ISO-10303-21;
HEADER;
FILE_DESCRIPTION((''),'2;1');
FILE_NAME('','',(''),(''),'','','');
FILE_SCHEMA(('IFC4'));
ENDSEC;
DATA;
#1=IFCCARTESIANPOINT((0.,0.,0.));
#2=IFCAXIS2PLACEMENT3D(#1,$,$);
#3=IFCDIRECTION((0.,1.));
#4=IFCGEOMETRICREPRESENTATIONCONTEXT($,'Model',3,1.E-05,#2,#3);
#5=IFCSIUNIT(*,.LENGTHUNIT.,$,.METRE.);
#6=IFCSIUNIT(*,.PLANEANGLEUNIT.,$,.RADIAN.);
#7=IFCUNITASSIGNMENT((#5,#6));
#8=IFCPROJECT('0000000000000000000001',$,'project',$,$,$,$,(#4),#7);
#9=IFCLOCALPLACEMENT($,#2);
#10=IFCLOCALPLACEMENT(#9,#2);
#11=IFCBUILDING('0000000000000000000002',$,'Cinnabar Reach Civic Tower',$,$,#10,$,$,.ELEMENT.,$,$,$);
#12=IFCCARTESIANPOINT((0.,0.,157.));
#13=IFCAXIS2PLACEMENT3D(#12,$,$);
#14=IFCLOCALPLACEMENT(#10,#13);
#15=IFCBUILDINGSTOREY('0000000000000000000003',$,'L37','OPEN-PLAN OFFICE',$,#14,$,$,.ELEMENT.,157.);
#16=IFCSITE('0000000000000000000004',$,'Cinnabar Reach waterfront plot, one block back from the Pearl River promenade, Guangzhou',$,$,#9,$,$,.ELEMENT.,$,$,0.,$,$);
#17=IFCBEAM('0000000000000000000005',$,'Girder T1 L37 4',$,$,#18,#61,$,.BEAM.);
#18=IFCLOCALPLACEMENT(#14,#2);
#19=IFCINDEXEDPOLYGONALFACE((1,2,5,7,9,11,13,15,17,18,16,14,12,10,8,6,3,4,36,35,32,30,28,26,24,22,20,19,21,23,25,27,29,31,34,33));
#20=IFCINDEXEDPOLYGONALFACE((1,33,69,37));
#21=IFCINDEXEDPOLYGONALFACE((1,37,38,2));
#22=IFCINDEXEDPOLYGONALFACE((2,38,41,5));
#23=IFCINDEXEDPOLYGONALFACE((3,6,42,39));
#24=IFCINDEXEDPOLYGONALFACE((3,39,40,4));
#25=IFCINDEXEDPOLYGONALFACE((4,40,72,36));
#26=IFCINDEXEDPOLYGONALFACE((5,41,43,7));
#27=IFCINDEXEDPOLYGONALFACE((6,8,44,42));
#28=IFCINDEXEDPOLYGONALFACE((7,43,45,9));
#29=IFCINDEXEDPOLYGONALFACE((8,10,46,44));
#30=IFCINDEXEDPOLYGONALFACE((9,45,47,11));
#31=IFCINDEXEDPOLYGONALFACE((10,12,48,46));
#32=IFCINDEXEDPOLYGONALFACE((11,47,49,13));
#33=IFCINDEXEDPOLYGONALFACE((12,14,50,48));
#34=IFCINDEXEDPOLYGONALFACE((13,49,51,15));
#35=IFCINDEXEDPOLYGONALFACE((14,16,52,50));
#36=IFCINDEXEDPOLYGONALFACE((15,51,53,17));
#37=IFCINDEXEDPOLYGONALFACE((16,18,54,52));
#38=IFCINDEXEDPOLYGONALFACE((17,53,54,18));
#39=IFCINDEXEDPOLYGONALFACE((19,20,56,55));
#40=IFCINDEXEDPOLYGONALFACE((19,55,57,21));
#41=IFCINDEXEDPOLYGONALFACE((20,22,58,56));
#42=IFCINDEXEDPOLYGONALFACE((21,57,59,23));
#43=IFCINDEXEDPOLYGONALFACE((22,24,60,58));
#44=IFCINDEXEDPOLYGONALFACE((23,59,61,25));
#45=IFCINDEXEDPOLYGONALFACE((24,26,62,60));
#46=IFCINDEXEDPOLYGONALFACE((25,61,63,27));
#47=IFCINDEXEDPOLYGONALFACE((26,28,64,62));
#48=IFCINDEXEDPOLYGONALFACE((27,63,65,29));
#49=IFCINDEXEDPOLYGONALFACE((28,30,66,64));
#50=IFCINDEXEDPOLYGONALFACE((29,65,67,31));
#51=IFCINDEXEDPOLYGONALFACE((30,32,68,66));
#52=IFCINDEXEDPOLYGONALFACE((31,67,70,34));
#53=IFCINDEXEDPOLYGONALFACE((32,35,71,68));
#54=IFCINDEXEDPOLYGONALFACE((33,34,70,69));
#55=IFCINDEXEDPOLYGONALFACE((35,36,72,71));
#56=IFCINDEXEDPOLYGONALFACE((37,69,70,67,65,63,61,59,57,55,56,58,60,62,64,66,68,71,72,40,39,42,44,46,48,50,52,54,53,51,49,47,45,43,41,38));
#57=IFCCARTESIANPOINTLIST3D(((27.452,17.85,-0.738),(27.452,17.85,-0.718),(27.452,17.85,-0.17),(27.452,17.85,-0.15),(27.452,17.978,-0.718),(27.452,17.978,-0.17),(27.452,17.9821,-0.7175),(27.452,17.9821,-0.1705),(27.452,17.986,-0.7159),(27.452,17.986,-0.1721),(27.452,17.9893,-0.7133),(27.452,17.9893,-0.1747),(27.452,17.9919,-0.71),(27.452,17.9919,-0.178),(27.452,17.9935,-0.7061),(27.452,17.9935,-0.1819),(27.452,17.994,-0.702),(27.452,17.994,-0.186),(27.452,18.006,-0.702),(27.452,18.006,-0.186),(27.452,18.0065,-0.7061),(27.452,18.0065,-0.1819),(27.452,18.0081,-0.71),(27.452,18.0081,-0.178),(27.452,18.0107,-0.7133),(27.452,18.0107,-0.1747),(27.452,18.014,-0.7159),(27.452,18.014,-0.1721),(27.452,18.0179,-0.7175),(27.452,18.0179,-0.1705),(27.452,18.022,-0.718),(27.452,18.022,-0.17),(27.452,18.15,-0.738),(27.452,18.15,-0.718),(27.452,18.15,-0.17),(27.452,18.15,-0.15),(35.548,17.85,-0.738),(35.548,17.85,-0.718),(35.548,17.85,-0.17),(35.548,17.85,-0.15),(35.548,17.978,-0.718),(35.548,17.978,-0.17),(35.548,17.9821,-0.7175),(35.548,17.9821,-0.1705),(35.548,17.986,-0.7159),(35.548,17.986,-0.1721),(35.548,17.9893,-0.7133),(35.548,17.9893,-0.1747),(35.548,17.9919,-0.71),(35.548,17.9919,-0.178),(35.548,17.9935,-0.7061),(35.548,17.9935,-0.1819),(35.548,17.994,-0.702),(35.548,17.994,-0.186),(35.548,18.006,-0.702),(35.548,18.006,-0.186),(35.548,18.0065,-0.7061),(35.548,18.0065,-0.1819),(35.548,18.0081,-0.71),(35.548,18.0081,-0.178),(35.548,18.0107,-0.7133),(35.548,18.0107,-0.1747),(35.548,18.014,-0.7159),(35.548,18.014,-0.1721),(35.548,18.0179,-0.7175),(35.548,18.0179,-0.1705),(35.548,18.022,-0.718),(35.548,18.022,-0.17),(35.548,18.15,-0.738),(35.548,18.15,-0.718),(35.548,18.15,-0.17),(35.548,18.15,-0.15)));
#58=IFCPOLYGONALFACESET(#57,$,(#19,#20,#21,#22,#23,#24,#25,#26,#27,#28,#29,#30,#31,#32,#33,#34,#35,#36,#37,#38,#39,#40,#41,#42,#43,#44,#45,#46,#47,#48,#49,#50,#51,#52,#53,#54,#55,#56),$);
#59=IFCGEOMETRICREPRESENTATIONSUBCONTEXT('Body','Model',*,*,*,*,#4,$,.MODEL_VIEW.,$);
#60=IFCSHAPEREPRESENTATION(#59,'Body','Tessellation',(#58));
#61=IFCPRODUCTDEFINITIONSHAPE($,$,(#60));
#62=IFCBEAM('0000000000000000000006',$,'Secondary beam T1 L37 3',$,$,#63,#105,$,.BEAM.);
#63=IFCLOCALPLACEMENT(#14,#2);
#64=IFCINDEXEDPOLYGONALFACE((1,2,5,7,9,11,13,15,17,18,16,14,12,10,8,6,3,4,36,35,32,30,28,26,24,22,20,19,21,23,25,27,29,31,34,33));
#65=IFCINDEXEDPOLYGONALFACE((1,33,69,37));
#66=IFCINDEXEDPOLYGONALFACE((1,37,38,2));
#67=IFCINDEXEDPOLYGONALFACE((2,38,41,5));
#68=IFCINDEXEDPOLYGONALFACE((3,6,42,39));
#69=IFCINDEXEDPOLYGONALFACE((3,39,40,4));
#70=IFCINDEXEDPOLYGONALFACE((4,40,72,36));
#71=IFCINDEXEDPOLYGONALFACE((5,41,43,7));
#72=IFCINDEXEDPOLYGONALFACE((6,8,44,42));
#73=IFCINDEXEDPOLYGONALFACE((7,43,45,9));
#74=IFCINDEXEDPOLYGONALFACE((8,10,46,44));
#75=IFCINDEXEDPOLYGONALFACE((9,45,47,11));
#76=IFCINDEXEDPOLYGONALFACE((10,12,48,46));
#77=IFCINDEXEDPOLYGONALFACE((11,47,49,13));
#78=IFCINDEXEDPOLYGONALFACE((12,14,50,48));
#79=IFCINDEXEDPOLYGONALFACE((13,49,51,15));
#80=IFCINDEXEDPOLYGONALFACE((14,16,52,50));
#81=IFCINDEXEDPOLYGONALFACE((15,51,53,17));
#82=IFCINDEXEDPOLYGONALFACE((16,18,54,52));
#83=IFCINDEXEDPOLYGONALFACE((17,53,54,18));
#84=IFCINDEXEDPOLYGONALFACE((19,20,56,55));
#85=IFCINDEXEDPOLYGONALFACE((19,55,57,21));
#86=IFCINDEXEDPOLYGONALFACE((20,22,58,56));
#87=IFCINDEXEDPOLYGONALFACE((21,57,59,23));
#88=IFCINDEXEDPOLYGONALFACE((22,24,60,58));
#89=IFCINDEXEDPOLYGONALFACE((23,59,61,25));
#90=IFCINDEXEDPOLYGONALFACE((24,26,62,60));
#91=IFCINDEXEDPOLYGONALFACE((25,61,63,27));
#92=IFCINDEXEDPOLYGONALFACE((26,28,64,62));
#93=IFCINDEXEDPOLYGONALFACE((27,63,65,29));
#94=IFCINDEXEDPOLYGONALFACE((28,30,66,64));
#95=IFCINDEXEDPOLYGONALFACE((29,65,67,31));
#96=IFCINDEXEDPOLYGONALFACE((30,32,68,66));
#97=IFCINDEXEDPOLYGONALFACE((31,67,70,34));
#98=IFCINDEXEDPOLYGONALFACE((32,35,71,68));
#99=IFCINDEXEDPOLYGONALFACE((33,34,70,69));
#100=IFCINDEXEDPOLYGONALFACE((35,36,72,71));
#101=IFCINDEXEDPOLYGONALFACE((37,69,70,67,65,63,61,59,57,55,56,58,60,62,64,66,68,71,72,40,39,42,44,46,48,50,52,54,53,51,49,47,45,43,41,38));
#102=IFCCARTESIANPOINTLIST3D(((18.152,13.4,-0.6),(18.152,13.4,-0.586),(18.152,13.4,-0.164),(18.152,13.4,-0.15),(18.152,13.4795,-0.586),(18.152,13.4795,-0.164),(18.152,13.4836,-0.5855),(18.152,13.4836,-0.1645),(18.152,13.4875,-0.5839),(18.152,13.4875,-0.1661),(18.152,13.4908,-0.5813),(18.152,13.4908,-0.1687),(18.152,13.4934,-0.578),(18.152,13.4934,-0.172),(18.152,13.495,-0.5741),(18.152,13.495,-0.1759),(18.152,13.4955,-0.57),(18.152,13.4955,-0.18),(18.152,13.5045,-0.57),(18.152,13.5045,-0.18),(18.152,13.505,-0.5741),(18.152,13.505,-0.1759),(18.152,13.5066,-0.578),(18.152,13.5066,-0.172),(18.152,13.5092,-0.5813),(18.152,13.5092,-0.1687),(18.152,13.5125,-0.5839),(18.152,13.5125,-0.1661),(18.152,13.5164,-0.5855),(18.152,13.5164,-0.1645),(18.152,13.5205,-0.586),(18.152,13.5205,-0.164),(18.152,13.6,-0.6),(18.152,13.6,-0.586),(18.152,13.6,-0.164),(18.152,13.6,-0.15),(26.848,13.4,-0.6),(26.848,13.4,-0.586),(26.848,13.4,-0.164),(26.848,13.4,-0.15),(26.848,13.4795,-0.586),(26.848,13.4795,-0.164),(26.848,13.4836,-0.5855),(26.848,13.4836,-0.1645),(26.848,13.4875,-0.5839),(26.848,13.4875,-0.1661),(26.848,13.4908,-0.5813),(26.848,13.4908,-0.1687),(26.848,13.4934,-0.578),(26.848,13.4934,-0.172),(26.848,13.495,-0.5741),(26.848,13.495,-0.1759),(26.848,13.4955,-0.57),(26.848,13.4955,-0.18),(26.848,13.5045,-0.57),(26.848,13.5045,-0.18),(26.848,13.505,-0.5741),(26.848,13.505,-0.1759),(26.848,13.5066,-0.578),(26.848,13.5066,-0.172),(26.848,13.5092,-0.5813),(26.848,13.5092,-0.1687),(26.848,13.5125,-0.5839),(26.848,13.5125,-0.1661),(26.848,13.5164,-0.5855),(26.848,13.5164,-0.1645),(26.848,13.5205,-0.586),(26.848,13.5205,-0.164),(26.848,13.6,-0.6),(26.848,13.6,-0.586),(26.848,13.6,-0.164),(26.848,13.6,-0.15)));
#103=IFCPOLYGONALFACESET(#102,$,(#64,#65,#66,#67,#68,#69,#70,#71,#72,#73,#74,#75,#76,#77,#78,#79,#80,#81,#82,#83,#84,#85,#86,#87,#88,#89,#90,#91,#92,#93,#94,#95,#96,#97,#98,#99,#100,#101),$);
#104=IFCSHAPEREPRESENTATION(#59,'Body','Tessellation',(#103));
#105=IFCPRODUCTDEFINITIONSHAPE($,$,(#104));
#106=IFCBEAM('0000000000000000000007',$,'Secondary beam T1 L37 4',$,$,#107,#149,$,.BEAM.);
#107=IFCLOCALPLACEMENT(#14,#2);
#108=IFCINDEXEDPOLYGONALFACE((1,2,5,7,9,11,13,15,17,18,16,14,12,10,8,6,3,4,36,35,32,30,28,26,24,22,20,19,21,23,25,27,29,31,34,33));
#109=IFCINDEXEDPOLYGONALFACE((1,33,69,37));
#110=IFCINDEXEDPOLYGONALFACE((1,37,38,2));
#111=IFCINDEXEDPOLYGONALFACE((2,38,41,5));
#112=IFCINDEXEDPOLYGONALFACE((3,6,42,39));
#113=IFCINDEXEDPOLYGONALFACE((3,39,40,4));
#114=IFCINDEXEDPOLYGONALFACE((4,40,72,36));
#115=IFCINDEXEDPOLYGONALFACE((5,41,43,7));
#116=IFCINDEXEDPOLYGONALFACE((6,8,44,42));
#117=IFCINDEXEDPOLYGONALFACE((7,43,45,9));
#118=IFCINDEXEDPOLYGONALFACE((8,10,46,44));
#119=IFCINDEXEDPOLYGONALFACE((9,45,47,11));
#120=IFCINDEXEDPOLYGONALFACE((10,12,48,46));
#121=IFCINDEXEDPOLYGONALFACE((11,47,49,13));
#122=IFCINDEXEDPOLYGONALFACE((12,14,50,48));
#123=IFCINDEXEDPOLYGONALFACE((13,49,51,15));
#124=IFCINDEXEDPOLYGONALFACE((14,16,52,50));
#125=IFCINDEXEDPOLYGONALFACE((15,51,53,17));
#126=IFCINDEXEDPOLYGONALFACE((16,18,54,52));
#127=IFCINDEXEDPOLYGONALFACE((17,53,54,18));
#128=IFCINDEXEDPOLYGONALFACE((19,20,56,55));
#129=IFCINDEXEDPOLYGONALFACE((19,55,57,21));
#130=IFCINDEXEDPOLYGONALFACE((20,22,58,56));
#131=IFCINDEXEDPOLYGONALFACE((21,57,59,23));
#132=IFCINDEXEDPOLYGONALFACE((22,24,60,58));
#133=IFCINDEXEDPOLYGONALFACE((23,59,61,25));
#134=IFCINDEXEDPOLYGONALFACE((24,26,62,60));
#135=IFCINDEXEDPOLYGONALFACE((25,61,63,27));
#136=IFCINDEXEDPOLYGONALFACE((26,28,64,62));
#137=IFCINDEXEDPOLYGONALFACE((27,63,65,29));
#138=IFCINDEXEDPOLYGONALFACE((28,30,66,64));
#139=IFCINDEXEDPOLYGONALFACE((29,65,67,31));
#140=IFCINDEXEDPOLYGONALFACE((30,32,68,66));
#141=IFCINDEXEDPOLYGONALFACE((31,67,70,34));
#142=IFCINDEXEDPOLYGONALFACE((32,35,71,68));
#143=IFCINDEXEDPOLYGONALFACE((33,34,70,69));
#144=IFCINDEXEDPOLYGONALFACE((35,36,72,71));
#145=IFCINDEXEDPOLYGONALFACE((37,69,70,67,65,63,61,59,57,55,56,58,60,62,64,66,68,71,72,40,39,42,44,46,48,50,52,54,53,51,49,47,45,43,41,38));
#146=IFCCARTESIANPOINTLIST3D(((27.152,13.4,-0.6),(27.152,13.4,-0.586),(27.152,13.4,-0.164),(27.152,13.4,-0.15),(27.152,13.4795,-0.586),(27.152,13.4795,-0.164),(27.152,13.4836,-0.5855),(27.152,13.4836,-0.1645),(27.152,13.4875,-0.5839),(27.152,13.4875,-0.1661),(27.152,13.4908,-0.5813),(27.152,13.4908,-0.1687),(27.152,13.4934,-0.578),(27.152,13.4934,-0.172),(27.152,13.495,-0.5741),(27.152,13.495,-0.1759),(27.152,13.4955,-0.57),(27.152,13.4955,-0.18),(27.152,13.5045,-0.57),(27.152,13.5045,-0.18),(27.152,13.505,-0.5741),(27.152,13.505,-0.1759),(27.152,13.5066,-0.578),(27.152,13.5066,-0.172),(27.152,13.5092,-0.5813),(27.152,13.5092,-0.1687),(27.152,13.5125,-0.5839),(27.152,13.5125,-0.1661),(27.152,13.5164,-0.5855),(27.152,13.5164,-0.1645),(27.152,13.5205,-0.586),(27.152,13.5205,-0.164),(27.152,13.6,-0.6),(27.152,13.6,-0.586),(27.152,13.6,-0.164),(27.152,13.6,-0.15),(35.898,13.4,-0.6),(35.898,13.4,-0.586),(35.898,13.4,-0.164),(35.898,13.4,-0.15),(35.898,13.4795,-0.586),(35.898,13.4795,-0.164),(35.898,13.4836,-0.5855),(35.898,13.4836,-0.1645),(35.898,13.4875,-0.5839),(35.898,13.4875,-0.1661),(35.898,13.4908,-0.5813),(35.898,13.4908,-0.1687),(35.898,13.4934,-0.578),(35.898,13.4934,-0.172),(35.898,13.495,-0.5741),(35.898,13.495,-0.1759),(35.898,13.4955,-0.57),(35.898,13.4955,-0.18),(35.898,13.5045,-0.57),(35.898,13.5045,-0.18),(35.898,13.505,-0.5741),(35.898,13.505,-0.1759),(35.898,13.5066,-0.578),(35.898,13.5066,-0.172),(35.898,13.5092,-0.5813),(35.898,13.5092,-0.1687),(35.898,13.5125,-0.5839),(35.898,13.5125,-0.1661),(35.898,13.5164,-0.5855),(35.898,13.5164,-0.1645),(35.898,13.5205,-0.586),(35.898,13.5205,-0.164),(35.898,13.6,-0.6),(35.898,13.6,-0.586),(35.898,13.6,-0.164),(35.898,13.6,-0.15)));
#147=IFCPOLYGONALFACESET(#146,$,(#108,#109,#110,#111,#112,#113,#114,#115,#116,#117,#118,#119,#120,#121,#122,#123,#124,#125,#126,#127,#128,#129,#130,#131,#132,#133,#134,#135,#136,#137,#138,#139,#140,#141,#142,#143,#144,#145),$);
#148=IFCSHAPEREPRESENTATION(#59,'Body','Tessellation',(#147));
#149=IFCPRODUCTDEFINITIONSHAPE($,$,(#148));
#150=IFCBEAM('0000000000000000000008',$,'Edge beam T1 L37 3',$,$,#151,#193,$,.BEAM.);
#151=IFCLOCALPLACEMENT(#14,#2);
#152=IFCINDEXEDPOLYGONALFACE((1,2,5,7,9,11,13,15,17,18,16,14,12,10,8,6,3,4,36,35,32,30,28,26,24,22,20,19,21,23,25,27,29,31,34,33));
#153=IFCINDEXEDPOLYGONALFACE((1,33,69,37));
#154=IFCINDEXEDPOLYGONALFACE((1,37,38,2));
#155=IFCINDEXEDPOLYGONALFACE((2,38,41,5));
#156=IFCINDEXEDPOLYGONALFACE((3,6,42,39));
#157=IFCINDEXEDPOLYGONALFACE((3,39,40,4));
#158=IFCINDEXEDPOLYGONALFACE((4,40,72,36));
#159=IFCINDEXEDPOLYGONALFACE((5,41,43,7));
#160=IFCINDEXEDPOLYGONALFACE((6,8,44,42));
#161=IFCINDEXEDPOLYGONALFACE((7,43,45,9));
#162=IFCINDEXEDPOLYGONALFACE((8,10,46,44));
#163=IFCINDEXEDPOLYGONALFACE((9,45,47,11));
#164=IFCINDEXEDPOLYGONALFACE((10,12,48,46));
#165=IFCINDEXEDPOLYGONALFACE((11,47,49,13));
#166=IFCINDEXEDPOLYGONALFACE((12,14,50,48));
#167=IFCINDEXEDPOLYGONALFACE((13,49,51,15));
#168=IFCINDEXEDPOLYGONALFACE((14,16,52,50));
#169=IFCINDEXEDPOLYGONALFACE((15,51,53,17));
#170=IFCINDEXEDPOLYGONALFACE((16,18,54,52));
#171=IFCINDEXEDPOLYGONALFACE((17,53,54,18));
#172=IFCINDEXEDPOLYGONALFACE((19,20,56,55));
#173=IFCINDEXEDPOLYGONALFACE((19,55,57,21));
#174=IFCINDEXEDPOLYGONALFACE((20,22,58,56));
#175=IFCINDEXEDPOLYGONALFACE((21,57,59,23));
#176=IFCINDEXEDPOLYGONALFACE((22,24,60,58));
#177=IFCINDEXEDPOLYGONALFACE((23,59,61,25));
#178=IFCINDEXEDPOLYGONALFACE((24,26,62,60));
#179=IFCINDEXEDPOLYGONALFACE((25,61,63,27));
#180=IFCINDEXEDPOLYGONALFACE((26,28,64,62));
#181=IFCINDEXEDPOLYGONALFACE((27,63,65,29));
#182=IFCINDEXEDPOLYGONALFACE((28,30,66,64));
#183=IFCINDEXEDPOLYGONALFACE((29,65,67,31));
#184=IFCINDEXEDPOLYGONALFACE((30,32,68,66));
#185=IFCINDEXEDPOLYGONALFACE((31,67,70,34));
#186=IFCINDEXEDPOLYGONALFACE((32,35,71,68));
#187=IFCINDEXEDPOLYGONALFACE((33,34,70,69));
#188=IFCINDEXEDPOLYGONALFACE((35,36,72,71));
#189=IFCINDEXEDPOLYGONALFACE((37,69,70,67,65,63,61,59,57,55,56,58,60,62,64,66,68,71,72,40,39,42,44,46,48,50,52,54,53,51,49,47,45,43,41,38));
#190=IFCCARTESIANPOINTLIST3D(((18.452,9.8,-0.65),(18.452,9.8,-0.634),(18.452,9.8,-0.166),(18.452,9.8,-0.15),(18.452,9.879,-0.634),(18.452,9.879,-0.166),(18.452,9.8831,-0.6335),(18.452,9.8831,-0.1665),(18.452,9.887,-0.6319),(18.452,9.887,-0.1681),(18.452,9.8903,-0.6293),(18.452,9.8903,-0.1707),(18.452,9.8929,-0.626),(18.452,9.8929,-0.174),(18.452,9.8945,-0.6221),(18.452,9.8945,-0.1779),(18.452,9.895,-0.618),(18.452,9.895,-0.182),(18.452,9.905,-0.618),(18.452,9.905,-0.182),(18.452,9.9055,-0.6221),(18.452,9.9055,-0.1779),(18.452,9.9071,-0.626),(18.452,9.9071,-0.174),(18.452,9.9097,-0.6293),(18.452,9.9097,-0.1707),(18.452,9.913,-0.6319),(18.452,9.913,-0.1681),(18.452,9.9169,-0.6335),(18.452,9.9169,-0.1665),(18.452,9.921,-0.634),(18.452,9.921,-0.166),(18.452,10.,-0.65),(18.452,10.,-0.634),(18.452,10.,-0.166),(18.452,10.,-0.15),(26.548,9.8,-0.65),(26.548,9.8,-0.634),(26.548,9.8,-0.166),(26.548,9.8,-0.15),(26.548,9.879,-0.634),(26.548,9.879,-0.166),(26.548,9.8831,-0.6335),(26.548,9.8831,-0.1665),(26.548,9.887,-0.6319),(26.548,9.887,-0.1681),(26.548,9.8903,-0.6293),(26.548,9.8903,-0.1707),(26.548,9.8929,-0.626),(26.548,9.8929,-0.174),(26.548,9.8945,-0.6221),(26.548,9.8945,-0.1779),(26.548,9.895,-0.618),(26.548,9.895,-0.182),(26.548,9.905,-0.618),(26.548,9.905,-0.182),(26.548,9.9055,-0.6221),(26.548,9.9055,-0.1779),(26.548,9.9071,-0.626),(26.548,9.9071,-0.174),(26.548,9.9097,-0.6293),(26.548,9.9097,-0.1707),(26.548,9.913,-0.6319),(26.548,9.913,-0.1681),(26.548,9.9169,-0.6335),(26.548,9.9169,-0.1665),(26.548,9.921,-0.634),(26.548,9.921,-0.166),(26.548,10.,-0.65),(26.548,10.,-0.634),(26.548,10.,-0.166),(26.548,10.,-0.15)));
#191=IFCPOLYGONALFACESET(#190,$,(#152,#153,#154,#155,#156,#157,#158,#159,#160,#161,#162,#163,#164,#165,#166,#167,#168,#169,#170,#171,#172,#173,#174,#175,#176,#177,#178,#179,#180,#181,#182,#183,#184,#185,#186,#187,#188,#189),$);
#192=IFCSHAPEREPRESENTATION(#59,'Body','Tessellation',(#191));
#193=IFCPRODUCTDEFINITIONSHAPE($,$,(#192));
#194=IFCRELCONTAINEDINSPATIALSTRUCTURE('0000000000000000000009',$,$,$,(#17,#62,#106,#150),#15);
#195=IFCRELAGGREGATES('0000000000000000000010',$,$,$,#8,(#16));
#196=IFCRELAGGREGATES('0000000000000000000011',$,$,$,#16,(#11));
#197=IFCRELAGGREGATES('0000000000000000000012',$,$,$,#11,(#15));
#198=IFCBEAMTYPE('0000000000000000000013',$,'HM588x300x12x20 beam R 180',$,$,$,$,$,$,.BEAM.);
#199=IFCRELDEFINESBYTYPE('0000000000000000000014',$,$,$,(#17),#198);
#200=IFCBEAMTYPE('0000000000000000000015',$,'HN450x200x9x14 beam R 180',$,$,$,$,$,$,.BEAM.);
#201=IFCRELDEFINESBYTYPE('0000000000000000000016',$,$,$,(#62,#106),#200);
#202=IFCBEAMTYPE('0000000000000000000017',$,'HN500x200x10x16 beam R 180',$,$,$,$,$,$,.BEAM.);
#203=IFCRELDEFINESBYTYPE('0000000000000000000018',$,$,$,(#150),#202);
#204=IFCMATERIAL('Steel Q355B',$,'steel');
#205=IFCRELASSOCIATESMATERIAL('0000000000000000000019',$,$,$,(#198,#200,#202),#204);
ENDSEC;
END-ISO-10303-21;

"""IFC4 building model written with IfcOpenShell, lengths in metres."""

from ifc_helpers import new_model, si_unit, direction, frame, origin, origin_2d, place, context, subcontext, project, spatial, i_section, extrude, material, material_profile, profile_set, type_object, element, save


model = new_model("IFC4")

# Units and contexts
model_context = context("Model", 3, precision=1e-05, world=origin(), true_north=direction((0.0, 1.0)))
body_context = subcontext(model_context, "Body", "Model", "MODEL_VIEW")
ifc_project = project(units=[si_unit("LENGTHUNIT", "METRE"), si_unit("PLANEANGLEUNIT", "RADIAN")], contexts=[model_context])

# Site, building, storey
site_placement = place(None, origin())
site = spatial("IfcSite", under=ifc_project, at=site_placement, Name="Cinnabar Reach waterfront plot, one block back from the Pearl River promenade, Guangzhou", CompositionType="ELEMENT", RefElevation=0.0)
building_placement = place(site_placement, origin())
building = spatial("IfcBuilding", under=site, at=building_placement, Name="Cinnabar Reach Civic Tower", CompositionType="ELEMENT")
storey_placement = place(building_placement, frame((0.0, 0.0, 157.0)))
storey = spatial("IfcBuildingStorey", under=building, at=storey_placement, Name="L37", Description="OPEN-PLAN OFFICE", CompositionType="ELEMENT", Elevation=157.0)

# Beams
ifc_material_1 = material(Name="Steel Q355B", Category="steel")
ifc_material_profile_1 = material_profile(ifc_material_1, i_section(OverallWidth=0.3, OverallDepth=0.588, WebThickness=0.012, FlangeThickness=0.02, FilletRadius=0.016, at=origin_2d()), Name="HM588x300x12x20")
ifc_profile_set_1 = profile_set([ifc_material_profile_1], Name="Steel Q355B")
beam_type_1 = type_object("IfcBeamType", Name="HM588x300x12x20 beam R 180", PredefinedType="BEAM", material=ifc_profile_set_1)
for number, where, z_axis, x_axis, name in (
    (1, (27.452, 18.0, -0.444), (1.0, 0.0, 0.0), (0.0, 1.0, 0.0), "Girder T1 L37 4"),
):
    element("IfcBeam", number, at=place(storey_placement, frame(where, z_axis=z_axis, x_axis=x_axis)), inside=storey, type_object=beam_type_1, Name=name, PredefinedType="BEAM", context=body_context, shape_type="SweptSolid", body=[
        extrude(i_section(OverallWidth=0.3, OverallDepth=0.588, WebThickness=0.012, FlangeThickness=0.02, FilletRadius=0.016, at=origin_2d()), origin(), (0.0, 0.0, 1.0), 8.096),
    ])
ifc_material_profile_2 = material_profile(ifc_material_1, i_section(OverallWidth=0.2, OverallDepth=0.45, WebThickness=0.009, FlangeThickness=0.014, FilletRadius=0.016, at=origin_2d()), Name="HN450x200x9x14")
ifc_profile_set_2 = profile_set([ifc_material_profile_2], Name="Steel Q355B")
beam_type_2 = type_object("IfcBeamType", Name="HN450x200x9x14 beam R 180", PredefinedType="BEAM", material=ifc_profile_set_2)
beam_1_placement = place(storey_placement, frame((18.152, 13.5, -0.375), z_axis=(1.0, 0.0, 0.0), x_axis=(0.0, 1.0, 0.0)))
element("IfcBeam", 2, at=beam_1_placement, inside=storey, type_object=beam_type_2, Name="Secondary beam T1 L37 3", PredefinedType="BEAM", context=body_context, shape_type="SweptSolid", body=[
    extrude(i_section(OverallWidth=0.2, OverallDepth=0.45, WebThickness=0.009, FlangeThickness=0.014, FilletRadius=0.016, at=origin_2d()), origin(), (0.0, 0.0, 1.0), 8.696),
])
beam_2_placement = place(storey_placement, frame((27.152, 13.5, -0.375), z_axis=(1.0, 0.0, 0.0), x_axis=(0.0, 1.0, 0.0)))
element("IfcBeam", 3, at=beam_2_placement, inside=storey, type_object=beam_type_2, Name="Secondary beam T1 L37 4", PredefinedType="BEAM", context=body_context, shape_type="SweptSolid", body=[
    extrude(i_section(OverallWidth=0.2, OverallDepth=0.45, WebThickness=0.009, FlangeThickness=0.014, FilletRadius=0.016, at=origin_2d()), origin(), (0.0, 0.0, 1.0), 8.746),
])
ifc_material_profile_3 = material_profile(ifc_material_1, i_section(OverallWidth=0.2, OverallDepth=0.5, WebThickness=0.01, FlangeThickness=0.016, FilletRadius=0.016, at=origin_2d()), Name="HN500x200x10x16")
ifc_profile_set_3 = profile_set([ifc_material_profile_3], Name="Steel Q355B")
beam_type_3 = type_object("IfcBeamType", Name="HN500x200x10x16 beam R 180", PredefinedType="BEAM", material=ifc_profile_set_3)
beam_3_placement = place(storey_placement, frame((18.452, 9.9, -0.4), z_axis=(1.0, 0.0, 0.0), x_axis=(0.0, 1.0, 0.0)))
element("IfcBeam", 4, at=beam_3_placement, inside=storey, type_object=beam_type_3, Name="Edge beam T1 L37 3", PredefinedType="BEAM", context=body_context, shape_type="SweptSolid", body=[
    extrude(i_section(OverallWidth=0.2, OverallDepth=0.5, WebThickness=0.01, FlangeThickness=0.016, FilletRadius=0.016, at=origin_2d()), origin(), (0.0, 0.0, 1.0), 8.096),
])

save(model, "model.ifc")
